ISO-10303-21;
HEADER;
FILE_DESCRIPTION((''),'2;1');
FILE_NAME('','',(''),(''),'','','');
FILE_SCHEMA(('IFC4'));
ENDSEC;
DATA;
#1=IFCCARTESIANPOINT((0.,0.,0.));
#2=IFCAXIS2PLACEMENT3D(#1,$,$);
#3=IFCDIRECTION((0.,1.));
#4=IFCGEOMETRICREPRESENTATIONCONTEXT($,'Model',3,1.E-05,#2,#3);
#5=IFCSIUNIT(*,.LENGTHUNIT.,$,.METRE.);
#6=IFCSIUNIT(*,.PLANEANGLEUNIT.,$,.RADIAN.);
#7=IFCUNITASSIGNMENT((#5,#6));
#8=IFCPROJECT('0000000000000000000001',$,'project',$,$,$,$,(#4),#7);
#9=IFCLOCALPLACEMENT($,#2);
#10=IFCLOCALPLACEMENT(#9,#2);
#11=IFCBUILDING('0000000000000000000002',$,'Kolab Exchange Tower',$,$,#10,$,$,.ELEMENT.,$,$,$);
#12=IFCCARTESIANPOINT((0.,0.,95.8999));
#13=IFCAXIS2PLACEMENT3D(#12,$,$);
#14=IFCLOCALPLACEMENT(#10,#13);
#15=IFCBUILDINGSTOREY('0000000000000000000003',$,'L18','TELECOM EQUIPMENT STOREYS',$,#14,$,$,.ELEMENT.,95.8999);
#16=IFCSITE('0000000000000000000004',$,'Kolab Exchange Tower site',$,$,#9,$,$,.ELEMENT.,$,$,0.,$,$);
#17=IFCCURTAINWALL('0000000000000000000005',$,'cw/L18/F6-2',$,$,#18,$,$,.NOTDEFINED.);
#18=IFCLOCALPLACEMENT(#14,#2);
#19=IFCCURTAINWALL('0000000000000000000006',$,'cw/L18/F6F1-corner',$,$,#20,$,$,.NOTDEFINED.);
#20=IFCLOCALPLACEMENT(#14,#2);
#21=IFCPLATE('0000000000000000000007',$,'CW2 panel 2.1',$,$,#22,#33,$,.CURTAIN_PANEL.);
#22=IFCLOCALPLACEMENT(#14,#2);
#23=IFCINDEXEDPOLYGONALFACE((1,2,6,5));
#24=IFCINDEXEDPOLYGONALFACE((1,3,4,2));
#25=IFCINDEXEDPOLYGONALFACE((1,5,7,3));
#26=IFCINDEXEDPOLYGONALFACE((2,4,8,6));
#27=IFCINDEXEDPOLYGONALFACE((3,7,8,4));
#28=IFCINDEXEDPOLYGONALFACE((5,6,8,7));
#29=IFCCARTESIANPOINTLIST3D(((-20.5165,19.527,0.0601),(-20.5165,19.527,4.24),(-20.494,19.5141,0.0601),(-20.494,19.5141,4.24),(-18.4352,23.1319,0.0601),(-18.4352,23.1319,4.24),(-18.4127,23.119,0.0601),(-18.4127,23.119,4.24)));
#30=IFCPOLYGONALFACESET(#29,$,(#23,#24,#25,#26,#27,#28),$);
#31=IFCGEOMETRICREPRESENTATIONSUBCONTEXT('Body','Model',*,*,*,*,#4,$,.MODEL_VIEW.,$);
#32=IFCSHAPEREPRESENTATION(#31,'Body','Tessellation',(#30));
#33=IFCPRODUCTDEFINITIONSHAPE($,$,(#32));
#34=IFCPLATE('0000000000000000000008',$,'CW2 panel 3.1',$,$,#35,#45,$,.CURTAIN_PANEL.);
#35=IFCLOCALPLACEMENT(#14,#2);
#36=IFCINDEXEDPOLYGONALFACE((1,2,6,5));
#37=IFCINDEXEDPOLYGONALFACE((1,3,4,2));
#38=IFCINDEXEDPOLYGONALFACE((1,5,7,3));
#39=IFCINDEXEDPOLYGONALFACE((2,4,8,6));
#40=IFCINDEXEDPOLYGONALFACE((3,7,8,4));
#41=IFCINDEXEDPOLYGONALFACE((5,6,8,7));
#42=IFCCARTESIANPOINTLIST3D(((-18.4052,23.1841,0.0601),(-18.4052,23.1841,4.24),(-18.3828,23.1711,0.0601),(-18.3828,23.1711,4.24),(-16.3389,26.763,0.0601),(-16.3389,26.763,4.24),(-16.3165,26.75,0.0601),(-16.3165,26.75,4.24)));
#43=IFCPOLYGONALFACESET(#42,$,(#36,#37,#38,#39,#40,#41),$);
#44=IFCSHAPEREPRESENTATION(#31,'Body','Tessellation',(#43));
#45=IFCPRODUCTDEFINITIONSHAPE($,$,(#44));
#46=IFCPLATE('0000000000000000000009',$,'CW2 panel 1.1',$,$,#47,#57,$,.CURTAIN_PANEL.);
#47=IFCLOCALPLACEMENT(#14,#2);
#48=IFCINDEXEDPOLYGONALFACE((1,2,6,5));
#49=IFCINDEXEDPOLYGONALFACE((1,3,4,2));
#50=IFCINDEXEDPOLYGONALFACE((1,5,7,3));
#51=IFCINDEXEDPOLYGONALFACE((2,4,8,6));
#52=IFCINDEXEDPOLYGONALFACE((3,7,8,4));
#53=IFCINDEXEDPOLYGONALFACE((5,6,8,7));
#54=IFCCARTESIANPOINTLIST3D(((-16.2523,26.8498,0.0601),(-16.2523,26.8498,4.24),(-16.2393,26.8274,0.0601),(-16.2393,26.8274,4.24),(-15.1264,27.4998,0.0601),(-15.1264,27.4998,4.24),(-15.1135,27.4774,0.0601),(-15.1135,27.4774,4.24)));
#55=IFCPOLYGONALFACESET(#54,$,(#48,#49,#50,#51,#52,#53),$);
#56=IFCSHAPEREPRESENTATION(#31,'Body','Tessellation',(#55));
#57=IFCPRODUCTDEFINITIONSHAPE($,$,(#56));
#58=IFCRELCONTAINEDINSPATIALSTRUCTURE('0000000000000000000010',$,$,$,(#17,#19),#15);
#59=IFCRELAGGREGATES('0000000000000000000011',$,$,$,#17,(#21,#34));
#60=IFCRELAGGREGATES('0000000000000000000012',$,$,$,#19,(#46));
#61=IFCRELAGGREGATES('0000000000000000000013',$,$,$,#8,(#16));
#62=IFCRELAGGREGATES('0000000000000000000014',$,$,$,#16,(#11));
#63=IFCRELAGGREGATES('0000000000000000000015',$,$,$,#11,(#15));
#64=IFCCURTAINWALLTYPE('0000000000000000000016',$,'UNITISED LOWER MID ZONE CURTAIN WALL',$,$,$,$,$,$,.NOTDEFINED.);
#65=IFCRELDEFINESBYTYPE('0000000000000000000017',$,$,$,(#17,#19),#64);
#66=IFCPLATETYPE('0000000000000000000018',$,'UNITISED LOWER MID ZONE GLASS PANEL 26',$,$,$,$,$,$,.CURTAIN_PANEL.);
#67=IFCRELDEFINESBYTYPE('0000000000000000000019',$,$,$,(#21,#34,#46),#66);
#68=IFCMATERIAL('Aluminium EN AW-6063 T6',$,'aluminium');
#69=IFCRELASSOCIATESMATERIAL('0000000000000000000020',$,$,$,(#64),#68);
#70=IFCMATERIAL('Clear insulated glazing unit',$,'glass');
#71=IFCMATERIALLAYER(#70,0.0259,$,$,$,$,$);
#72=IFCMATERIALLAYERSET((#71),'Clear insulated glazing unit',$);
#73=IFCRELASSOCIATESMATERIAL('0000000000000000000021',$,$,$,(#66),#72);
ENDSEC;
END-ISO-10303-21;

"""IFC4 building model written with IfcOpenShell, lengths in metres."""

from ifc_helpers import new_model, si_unit, direction, frame, origin, origin_2d, place, context, subcontext, project, spatial, rectangle, extrude, material, layer, layer_set, type_object, element, aggregate, save


model = new_model("IFC4")

# Units and contexts
model_context = context("Model", 3, precision=1e-05, world=origin(), true_north=direction((0.0, 1.0)))
body_context = subcontext(model_context, "Body", "Model", "MODEL_VIEW")
ifc_project = project(units=[si_unit("LENGTHUNIT", "METRE"), si_unit("PLANEANGLEUNIT", "RADIAN")], contexts=[model_context])

# Site, building, storey
site_placement = place(None, origin())
site = spatial("IfcSite", under=ifc_project, at=site_placement, Name="Kolab Exchange Tower site", CompositionType="ELEMENT", RefElevation=0.0)
building_placement = place(site_placement, origin())
building = spatial("IfcBuilding", under=site, at=building_placement, Name="Kolab Exchange Tower", CompositionType="ELEMENT")
storey_placement = place(building_placement, frame((0.0, 0.0, 95.8999)))
storey = spatial("IfcBuildingStorey", under=building, at=storey_placement, Name="L18", Description="TELECOM EQUIPMENT STOREYS", CompositionType="ELEMENT", Elevation=95.8999)

# Shared definitions
ifc_material_1 = material(Name="Aluminium EN AW-6063 T6", Category="aluminium")
curtain_wall_type = type_object("IfcCurtainWallType", Name="UNITISED LOWER MID ZONE CURTAIN WALL", PredefinedType="NOTDEFINED", material=ifc_material_1)

# Curtain walls
curtain_wall_1_placement = place(storey_placement, origin())
curtain_wall_1 = element("IfcCurtainWall", 1, at=curtain_wall_1_placement, inside=storey, type_object=curtain_wall_type, Name="cw/L18/F6-2", PredefinedType="NOTDEFINED")
curtain_wall_2_placement = place(storey_placement, origin())
curtain_wall_2 = element("IfcCurtainWall", 2, at=curtain_wall_2_placement, inside=storey, type_object=curtain_wall_type, Name="cw/L18/F6F1-corner", PredefinedType="NOTDEFINED")

# Plates
ifc_material_2 = material(Name="Clear insulated glazing unit", Category="glass")
ifc_layer = layer(ifc_material_2, 0.0259)
ifc_layer_set = layer_set([ifc_layer], Name="Clear insulated glazing unit")
plate_type = type_object("IfcPlateType", Name="UNITISED LOWER MID ZONE GLASS PANEL 26", PredefinedType="CURTAIN_PANEL", material=ifc_layer_set)
plate_1_placement = place(storey_placement, frame((-19.4646, 21.323, 0.0601), z_axis=(0.0, 0.0, 1.0), x_axis=(0.5, 0.866025, 0.0)))
plate_1 = element("IfcPlate", 3, at=plate_1_placement, type_object=plate_type, Name="CW2 panel 2.1", PredefinedType="CURTAIN_PANEL", context=body_context, shape_type="SweptSolid", body=[
    extrude(rectangle(XDim=4.1626, YDim=0.0259, at=origin_2d()), origin(), (0.0, 0.0, 1.0), 4.1799),
])
plate_2_placement = place(storey_placement, frame((-17.3608, 24.967, 0.0601), z_axis=(0.0, 0.0, 1.0), x_axis=(0.5, 0.866025, 0.0)))
plate_2 = element("IfcPlate", 4, at=plate_2_placement, type_object=plate_type, Name="CW2 panel 3.1", PredefinedType="CURTAIN_PANEL", context=body_context, shape_type="SweptSolid", body=[
    extrude(rectangle(XDim=4.1326, YDim=0.0259, at=origin_2d()), origin(), (0.0, 0.0, 1.0), 4.1799),
])
aggregate(curtain_wall_1, [plate_1, plate_2])
plate_3_placement = place(storey_placement, frame((-15.6829, 27.1636, 0.0601), z_axis=(0.0, 0.0, 1.0), x_axis=(0.866025, 0.5, 0.0)))
plate_3 = element("IfcPlate", 5, at=plate_3_placement, type_object=plate_type, Name="CW2 panel 1.1", PredefinedType="CURTAIN_PANEL", context=body_context, shape_type="SweptSolid", body=[
    extrude(rectangle(XDim=1.3, YDim=0.0259, at=origin_2d()), origin(), (0.0, 0.0, 1.0), 4.1799),
])
aggregate(curtain_wall_2, [plate_3])

save(model, "model.ifc")
